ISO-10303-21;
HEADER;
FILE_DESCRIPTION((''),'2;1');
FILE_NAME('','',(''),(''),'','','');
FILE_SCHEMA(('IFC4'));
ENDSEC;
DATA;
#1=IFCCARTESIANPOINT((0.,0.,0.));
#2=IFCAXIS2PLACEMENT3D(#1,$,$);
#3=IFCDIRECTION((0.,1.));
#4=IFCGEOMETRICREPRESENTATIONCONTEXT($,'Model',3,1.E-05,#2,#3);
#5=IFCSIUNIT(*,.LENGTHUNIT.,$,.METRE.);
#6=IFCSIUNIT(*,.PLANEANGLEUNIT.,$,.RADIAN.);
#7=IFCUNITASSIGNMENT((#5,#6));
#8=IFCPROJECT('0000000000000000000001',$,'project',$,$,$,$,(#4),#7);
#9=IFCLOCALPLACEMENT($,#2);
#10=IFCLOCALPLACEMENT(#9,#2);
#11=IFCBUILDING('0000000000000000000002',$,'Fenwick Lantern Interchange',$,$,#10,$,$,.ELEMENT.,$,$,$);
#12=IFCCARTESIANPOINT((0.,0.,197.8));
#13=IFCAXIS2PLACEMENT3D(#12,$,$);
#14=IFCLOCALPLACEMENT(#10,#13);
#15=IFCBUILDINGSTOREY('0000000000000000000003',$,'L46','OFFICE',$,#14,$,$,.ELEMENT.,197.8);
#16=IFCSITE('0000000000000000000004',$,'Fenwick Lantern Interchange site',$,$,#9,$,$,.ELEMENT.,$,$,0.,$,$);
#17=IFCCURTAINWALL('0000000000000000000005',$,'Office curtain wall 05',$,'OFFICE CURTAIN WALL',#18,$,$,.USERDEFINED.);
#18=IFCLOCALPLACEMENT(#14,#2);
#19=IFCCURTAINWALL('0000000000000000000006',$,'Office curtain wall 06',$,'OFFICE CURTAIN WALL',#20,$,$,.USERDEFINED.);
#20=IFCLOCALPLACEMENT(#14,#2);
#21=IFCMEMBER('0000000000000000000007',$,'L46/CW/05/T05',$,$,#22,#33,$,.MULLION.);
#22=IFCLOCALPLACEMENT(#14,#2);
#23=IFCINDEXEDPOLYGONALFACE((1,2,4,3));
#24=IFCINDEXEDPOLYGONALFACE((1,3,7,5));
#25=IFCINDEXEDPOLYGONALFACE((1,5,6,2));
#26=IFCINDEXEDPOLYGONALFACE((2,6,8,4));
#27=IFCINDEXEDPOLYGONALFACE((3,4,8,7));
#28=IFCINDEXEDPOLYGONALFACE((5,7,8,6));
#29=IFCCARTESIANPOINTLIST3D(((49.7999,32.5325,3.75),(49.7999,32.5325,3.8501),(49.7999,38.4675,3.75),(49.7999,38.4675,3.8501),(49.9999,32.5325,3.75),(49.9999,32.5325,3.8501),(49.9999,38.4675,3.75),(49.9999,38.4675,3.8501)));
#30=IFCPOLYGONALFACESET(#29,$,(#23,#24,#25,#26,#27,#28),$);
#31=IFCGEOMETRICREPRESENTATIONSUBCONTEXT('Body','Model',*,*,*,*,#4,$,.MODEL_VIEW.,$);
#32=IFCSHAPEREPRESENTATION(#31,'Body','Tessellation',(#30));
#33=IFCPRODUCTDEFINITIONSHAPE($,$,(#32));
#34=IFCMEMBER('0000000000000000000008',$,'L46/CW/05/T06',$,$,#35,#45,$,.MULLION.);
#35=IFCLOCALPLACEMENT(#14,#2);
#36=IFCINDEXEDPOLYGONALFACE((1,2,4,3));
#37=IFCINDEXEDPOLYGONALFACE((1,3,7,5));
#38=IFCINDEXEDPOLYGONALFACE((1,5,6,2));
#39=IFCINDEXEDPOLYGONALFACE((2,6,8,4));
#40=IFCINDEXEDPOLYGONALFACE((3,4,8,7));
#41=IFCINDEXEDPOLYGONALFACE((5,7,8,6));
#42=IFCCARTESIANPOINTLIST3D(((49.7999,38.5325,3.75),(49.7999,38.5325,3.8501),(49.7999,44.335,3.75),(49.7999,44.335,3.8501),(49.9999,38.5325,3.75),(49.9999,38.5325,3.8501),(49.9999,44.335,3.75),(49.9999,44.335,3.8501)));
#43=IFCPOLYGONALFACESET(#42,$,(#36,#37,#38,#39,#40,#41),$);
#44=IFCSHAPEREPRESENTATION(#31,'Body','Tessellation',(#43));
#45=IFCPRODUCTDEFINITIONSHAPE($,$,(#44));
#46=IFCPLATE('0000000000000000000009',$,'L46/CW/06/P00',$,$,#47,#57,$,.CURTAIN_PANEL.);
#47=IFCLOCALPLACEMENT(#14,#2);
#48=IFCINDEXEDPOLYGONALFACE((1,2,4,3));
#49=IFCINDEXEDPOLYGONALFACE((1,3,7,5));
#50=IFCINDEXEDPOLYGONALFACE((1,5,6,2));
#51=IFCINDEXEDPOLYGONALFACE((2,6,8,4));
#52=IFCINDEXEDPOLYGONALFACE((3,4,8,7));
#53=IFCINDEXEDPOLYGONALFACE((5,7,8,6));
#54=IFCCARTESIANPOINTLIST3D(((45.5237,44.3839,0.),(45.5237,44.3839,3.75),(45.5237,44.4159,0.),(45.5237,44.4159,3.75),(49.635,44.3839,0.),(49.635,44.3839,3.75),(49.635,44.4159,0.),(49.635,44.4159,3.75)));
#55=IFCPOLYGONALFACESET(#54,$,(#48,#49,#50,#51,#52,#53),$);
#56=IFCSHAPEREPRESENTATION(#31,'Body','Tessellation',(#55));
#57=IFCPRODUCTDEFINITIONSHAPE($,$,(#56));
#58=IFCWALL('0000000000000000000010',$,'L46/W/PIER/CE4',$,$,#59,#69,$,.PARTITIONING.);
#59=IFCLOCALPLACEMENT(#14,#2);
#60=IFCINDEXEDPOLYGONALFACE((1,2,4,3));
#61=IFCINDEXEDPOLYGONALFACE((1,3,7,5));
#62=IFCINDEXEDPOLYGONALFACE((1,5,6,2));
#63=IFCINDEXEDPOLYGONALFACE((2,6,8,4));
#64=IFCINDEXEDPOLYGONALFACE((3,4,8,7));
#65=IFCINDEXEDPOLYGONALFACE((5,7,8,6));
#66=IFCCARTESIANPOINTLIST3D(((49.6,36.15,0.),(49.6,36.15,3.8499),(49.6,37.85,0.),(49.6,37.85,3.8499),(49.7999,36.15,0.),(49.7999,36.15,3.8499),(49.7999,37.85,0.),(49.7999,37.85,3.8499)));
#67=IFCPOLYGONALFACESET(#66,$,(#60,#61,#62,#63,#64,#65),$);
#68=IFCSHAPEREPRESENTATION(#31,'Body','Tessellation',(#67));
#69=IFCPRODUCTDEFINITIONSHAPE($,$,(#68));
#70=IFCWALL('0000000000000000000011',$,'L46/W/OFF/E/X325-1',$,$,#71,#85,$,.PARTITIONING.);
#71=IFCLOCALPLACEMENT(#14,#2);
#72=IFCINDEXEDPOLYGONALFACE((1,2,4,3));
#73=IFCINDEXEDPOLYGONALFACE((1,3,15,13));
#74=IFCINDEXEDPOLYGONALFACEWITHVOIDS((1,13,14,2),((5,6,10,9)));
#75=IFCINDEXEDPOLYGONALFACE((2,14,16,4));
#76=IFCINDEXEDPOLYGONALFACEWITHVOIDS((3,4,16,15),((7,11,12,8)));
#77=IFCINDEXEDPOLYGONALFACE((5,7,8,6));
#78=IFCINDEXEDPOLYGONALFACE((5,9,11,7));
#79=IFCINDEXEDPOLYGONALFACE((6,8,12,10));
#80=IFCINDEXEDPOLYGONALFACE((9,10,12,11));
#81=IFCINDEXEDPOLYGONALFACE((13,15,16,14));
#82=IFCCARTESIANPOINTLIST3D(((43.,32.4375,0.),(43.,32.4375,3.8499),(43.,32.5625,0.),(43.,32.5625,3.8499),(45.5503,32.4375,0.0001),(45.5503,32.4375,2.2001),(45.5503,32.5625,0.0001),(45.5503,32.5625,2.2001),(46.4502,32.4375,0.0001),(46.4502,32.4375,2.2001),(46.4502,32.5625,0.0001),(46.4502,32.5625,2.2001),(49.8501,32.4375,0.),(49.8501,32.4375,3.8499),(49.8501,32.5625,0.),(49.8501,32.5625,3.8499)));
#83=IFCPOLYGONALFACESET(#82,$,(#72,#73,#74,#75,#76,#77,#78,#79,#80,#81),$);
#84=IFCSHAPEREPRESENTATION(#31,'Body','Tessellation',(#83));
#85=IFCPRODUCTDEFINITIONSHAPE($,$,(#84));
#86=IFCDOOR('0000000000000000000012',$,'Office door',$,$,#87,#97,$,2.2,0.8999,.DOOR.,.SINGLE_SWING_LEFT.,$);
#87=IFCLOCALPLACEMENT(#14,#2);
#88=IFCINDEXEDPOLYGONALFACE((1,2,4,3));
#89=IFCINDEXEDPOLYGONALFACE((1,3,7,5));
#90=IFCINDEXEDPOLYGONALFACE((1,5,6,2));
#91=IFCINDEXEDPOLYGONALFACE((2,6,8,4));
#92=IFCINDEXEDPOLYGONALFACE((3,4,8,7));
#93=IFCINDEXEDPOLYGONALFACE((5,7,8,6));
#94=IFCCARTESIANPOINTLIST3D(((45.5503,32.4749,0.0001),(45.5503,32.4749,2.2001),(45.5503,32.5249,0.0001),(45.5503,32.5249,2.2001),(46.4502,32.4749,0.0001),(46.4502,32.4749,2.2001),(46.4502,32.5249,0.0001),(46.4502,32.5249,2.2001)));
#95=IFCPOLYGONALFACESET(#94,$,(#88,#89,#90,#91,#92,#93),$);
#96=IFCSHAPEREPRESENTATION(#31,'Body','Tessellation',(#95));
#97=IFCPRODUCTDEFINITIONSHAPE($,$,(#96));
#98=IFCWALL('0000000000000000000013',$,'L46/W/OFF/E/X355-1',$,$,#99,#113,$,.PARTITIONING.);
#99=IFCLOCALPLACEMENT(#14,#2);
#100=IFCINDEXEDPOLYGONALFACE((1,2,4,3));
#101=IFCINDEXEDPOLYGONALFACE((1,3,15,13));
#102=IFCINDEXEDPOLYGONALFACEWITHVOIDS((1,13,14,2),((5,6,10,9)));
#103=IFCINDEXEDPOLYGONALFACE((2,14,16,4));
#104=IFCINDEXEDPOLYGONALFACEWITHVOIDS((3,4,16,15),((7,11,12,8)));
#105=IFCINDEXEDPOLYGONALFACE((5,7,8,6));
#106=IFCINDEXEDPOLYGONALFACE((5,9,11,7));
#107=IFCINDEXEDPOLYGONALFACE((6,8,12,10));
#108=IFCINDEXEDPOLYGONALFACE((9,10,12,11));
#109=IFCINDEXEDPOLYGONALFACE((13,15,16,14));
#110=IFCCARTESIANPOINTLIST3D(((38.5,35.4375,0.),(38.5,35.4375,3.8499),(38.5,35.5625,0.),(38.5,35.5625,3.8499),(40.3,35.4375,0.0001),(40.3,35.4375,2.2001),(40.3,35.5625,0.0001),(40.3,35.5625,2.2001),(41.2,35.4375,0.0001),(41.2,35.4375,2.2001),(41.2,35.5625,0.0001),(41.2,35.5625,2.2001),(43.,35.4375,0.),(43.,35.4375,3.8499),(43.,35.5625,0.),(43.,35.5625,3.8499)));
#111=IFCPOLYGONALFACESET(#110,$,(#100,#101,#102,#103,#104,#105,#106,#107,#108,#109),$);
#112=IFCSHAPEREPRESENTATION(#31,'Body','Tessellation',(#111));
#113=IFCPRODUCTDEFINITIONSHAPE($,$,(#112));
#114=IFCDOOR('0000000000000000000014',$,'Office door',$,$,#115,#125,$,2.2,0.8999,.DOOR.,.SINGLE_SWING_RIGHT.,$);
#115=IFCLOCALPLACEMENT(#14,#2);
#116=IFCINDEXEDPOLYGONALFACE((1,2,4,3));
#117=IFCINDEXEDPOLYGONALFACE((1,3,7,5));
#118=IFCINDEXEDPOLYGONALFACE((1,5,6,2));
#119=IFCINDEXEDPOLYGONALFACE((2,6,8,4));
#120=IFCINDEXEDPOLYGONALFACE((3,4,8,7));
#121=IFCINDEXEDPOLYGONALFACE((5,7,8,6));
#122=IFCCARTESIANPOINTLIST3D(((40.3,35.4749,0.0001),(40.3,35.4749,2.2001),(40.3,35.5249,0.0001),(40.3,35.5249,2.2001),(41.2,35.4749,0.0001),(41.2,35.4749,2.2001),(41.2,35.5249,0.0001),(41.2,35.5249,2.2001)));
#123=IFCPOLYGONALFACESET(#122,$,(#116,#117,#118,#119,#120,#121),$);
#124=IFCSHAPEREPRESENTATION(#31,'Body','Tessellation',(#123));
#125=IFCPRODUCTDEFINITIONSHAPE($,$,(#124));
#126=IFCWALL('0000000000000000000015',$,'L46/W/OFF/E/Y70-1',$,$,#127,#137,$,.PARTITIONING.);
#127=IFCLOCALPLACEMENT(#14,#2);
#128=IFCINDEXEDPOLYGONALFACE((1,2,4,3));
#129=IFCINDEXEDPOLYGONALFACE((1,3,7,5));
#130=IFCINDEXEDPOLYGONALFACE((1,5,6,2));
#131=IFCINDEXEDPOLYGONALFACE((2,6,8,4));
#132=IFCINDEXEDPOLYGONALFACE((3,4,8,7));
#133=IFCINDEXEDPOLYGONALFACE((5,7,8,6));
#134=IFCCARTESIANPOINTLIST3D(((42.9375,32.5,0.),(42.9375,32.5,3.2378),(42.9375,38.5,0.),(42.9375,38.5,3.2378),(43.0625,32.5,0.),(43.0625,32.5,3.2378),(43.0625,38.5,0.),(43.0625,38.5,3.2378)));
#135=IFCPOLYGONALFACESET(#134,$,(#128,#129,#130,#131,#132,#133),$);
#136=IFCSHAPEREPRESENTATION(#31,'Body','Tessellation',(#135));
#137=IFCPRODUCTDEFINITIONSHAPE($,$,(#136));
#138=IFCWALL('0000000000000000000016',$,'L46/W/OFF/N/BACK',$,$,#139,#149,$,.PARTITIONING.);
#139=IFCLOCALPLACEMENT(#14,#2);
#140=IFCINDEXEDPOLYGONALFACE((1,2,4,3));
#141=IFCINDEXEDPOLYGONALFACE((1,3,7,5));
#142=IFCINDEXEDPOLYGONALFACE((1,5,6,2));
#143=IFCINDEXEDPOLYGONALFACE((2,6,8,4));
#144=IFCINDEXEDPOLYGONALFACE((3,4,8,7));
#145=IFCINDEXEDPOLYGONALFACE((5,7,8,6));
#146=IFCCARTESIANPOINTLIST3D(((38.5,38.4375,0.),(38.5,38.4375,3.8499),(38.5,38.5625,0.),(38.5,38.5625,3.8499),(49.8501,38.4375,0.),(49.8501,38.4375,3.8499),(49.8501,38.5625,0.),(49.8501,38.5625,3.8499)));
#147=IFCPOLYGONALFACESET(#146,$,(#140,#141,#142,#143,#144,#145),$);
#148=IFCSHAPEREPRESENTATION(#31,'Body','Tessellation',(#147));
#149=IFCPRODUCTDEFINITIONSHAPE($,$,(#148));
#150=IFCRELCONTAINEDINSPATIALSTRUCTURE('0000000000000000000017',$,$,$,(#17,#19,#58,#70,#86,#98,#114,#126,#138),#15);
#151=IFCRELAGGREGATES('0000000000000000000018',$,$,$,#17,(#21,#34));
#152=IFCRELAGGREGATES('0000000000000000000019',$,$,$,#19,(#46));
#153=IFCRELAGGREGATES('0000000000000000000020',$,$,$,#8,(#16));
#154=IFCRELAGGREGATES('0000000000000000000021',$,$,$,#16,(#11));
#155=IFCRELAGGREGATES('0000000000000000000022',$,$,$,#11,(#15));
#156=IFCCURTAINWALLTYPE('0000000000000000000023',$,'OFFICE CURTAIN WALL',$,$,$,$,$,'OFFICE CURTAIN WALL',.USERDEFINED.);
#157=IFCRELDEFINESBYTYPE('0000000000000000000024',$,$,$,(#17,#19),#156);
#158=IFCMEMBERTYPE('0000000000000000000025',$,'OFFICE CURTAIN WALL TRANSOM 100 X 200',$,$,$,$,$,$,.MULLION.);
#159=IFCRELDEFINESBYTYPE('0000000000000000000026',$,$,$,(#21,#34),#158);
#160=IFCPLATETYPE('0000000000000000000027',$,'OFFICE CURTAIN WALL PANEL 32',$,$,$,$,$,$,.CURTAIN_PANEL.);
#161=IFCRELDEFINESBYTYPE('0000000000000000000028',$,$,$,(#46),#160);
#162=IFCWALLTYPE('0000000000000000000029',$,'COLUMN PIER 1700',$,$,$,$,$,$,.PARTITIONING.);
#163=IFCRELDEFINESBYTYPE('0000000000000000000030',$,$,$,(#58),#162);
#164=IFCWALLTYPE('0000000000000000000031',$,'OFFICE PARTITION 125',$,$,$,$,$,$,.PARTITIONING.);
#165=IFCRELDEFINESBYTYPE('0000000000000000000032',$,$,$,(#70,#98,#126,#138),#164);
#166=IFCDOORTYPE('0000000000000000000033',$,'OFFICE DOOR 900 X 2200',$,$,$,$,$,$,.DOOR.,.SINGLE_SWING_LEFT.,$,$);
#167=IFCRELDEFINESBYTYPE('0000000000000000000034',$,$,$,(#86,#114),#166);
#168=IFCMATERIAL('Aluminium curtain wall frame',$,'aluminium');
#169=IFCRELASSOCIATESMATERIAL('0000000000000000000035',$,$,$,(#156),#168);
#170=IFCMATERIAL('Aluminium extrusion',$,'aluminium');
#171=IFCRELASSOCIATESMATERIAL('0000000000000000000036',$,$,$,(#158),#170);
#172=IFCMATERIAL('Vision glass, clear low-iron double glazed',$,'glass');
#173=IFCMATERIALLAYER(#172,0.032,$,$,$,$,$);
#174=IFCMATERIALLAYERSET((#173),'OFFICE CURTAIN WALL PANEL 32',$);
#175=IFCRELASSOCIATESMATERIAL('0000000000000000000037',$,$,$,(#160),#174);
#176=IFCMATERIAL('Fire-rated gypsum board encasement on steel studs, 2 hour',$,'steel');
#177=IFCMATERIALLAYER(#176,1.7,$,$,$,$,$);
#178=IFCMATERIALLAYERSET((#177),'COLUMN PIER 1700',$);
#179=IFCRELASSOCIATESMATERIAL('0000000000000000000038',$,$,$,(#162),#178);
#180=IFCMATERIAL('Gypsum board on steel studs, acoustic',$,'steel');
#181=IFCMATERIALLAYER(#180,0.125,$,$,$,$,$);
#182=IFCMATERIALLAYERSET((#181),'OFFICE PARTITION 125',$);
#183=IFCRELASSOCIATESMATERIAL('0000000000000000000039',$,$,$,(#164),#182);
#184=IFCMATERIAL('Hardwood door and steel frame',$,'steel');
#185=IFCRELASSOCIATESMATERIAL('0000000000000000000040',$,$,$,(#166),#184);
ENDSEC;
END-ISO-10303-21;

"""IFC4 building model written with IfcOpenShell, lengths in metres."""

from ifc_helpers import new_model, si_unit, direction, frame, frame_2d, origin, origin_2d, place, context, subcontext, project, spatial, rectangle, extrude, material, layer, layer_set, material_profile, profile_set, type_object, element, fill, aggregate, save


model = new_model("IFC4")

# Units and contexts
model_context = context("Model", 3, precision=1e-05, world=origin(), true_north=direction((0.0, 1.0)))
body_context = subcontext(model_context, "Body", "Model", "MODEL_VIEW")
ifc_project = project(units=[si_unit("LENGTHUNIT", "METRE"), si_unit("PLANEANGLEUNIT", "RADIAN")], contexts=[model_context])

# Site, building, storey
site_placement = place(None, origin())
site = spatial("IfcSite", under=ifc_project, at=site_placement, Name="Fenwick Lantern Interchange site", CompositionType="ELEMENT", RefElevation=0.0)
building_placement = place(site_placement, origin())
building = spatial("IfcBuilding", under=site, at=building_placement, Name="Fenwick Lantern Interchange", CompositionType="ELEMENT")
storey_placement = place(building_placement, frame((0.0, 0.0, 197.8)))
storey = spatial("IfcBuildingStorey", under=building, at=storey_placement, Name="L46", Description="OFFICE", CompositionType="ELEMENT", Elevation=197.8)

# Curtain wall
ifc_material_1 = material(Name="Aluminium curtain wall frame", Category="aluminium")
curtain_wall_type = type_object("IfcCurtainWallType", Name="OFFICE CURTAIN WALL", ElementType="OFFICE CURTAIN WALL", PredefinedType="USERDEFINED", material=ifc_material_1)
curtain_wall_1_placement = place(storey_placement, origin())
curtain_wall_1 = element("IfcCurtainWall", 1, at=curtain_wall_1_placement, inside=storey, type_object=curtain_wall_type, Name="Office curtain wall 05", ObjectType="OFFICE CURTAIN WALL", PredefinedType="USERDEFINED")
ifc_material_2 = material(Name="Aluminium extrusion", Category="aluminium")

# Curtain wall
curtain_wall_2_placement = place(storey_placement, origin())
curtain_wall_2 = element("IfcCurtainWall", 2, at=curtain_wall_2_placement, inside=storey, type_object=curtain_wall_type, Name="Office curtain wall 06", ObjectType="OFFICE CURTAIN WALL", PredefinedType="USERDEFINED")

# Members
ifc_material_profile_1 = material_profile(ifc_material_2, rectangle(XDim=0.2, YDim=0.1001, at=origin_2d()), Name="OFFICE CURTAIN WALL TRANSOM 100 X 200")
ifc_profile_set_1 = profile_set([ifc_material_profile_1], Name="Aluminium extrusion")
member_type_1 = type_object("IfcMemberType", Name="OFFICE CURTAIN WALL TRANSOM 100 X 200", PredefinedType="MULLION", material=ifc_profile_set_1)
member_1_placement = place(storey_placement, frame((49.8999, 32.5325, 3.8), z_axis=(0.0, 1.0, 0.0), x_axis=(-1.0, 0.0, 0.0)))
member_1 = element("IfcMember", 3, at=member_1_placement, type_object=member_type_1, Name="L46/CW/05/T05", PredefinedType="MULLION", context=body_context, shape_type="SweptSolid", body=[
    extrude(rectangle(XDim=0.2, YDim=0.1001, at=origin_2d()), origin(), (0.0, 0.0, 1.0), 5.9351),
])
member_2_placement = place(storey_placement, frame((49.8999, 38.5325, 3.8), z_axis=(0.0, 1.0, 0.0), x_axis=(-1.0, 0.0, 0.0)))
member_2 = element("IfcMember", 4, at=member_2_placement, type_object=member_type_1, Name="L46/CW/05/T06", PredefinedType="MULLION", context=body_context, shape_type="SweptSolid", body=[
    extrude(rectangle(XDim=0.2, YDim=0.1001, at=origin_2d()), origin(), (0.0, 0.0, 1.0), 5.8025),
])
aggregate(curtain_wall_1, [member_1, member_2])

# Plate
ifc_material_3 = material(Name="Vision glass, clear low-iron double glazed", Category="glass")
ifc_layer_1 = layer(ifc_material_3, 0.032)
ifc_layer_set_1 = layer_set([ifc_layer_1], Name="OFFICE CURTAIN WALL PANEL 32")
plate_type = type_object("IfcPlateType", Name="OFFICE CURTAIN WALL PANEL 32", PredefinedType="CURTAIN_PANEL", material=ifc_layer_set_1)
plate_placement = place(storey_placement, frame((47.5793, 44.3999, 0.0), z_axis=(0.0, 0.0, 1.0), x_axis=(-1.0, 0.0, 0.0)))
plate = element("IfcPlate", 5, at=plate_placement, type_object=plate_type, Name="L46/CW/06/P00", PredefinedType="CURTAIN_PANEL", context=body_context, shape_type="SweptSolid", body=[
    extrude(rectangle(XDim=4.1113, YDim=0.032, at=origin_2d()), origin(), (0.0, 0.0, 1.0), 3.75),
])
aggregate(curtain_wall_2, [plate])

# Wall
ifc_material_4 = material(Name="Fire-rated gypsum board encasement on steel studs, 2 hour", Category="steel")
ifc_layer_2 = layer(ifc_material_4, 1.7)
ifc_layer_set_2 = layer_set([ifc_layer_2], Name="COLUMN PIER 1700")
wall_type_1 = type_object("IfcWallType", Name="COLUMN PIER 1700", PredefinedType="PARTITIONING", material=ifc_layer_set_2)
wall_1_placement = place(storey_placement, frame((49.8, 37.0, 0.0), z_axis=(0.0, 0.0, 1.0), x_axis=(-1.0, 0.0, 0.0)))
element("IfcWall", 6, at=wall_1_placement, inside=storey, type_object=wall_type_1, Name="L46/W/PIER/CE4", PredefinedType="PARTITIONING", context=body_context, shape_type="SweptSolid", body=[
    extrude(rectangle(XDim=0.2, YDim=1.7, at=frame_2d((0.1001, 0.0))), origin(), (0.0, 0.0, 1.0), 3.8499),
])

# Walls, openings, doors
ifc_material_5 = material(Name="Gypsum board on steel studs, acoustic", Category="steel")
ifc_layer_3 = layer(ifc_material_5, 0.125)
ifc_layer_set_3 = layer_set([ifc_layer_3], Name="OFFICE PARTITION 125")
wall_type_2 = type_object("IfcWallType", Name="OFFICE PARTITION 125", PredefinedType="PARTITIONING", material=ifc_layer_set_3)
wall_2_placement = place(storey_placement, frame((49.8501, 32.5, 0.0), z_axis=(0.0, 0.0, 1.0), x_axis=(-1.0, 0.0, 0.0)))
wall_2 = element("IfcWall", 7, at=wall_2_placement, inside=storey, type_object=wall_type_2, Name="L46/W/OFF/E/X325-1", PredefinedType="PARTITIONING", context=body_context, shape_type="SweptSolid", body=[
    extrude(rectangle(XDim=6.8501, YDim=0.125, at=frame_2d((3.425, 0.0))), origin(), (0.0, 0.0, 1.0), 3.8499),
])
opening_1_placement = place(wall_2_placement, frame((3.3999, 0.0, 0.0)))
opening_1 = element("IfcOpeningElement", 8, at=opening_1_placement, cuts=wall_2, PredefinedType="OPENING", context=body_context, shape_type="SweptSolid", body=[
    extrude(rectangle(XDim=0.8999, YDim=2.2, at=frame_2d((0.45, 1.1001))), frame((0.0, 0.0725, 0.0), z_axis=(0.0, -1.0, 0.0), x_axis=(1.0, 0.0, 0.0)), (0.0, 0.0, 1.0), 0.145),
])
ifc_material_6 = material(Name="Hardwood door and steel frame", Category="steel")
door_type = type_object("IfcDoorType", Name="OFFICE DOOR 900 X 2200", OperationType="SINGLE_SWING_LEFT", PredefinedType="DOOR", material=ifc_material_6)
door_1_placement = place(opening_1_placement, frame((0.8999, 0.0, 0.0), z_axis=(0.0, 0.0, 1.0), x_axis=(-1.0, 0.0, 0.0)))
door_1 = element("IfcDoor", 9, at=door_1_placement, inside=storey, type_object=door_type, Name="Office door", OperationType="SINGLE_SWING_LEFT", OverallHeight=2.2, OverallWidth=0.8999, PredefinedType="DOOR", context=body_context, shape_type="SweptSolid", body=[
    extrude(rectangle(XDim=0.8999, YDim=2.2, at=frame_2d((0.45, 1.1001))), frame((0.0, 0.0249, 0.0), z_axis=(0.0, -1.0, 0.0), x_axis=(1.0, 0.0, 0.0)), (0.0, 0.0, 1.0), 0.05),
])
fill(opening_1, door_1)
wall_3_placement = place(storey_placement, frame((43.0, 35.5, 0.0), z_axis=(0.0, 0.0, 1.0), x_axis=(-1.0, 0.0, 0.0)))
wall_3 = element("IfcWall", 10, at=wall_3_placement, inside=storey, type_object=wall_type_2, Name="L46/W/OFF/E/X355-1", PredefinedType="PARTITIONING", context=body_context, shape_type="SweptSolid", body=[
    extrude(rectangle(XDim=4.5, YDim=0.125, at=frame_2d((2.25, 0.0))), origin(), (0.0, 0.0, 1.0), 3.8499),
])
opening_2_placement = place(wall_3_placement, frame((1.8, 0.0, 0.0)))
opening_2 = element("IfcOpeningElement", 11, at=opening_2_placement, cuts=wall_3, PredefinedType="OPENING", context=body_context, shape_type="SweptSolid", body=[
    extrude(rectangle(XDim=0.8999, YDim=2.2, at=frame_2d((0.45, 1.1001))), frame((0.0, 0.0725, 0.0), z_axis=(0.0, -1.0, 0.0), x_axis=(1.0, 0.0, 0.0)), (0.0, 0.0, 1.0), 0.145),
])
door_2_placement = place(opening_2_placement, frame((0.8999, 0.0, 0.0), z_axis=(0.0, 0.0, 1.0), x_axis=(-1.0, 0.0, 0.0)))
door_2 = element("IfcDoor", 12, at=door_2_placement, inside=storey, type_object=door_type, Name="Office door", OperationType="SINGLE_SWING_RIGHT", OverallHeight=2.2, OverallWidth=0.8999, PredefinedType="DOOR", context=body_context, shape_type="SweptSolid", body=[
    extrude(rectangle(XDim=0.8999, YDim=2.2, at=frame_2d((0.45, 1.1001))), frame((0.0, 0.0249, 0.0), z_axis=(0.0, -1.0, 0.0), x_axis=(1.0, 0.0, 0.0)), (0.0, 0.0, 1.0), 0.05),
])
fill(opening_2, door_2)

# Walls
wall_4_placement = place(storey_placement, frame((43.0, 32.5, 0.0), z_axis=(0.0, 0.0, 1.0), x_axis=(0.0, 1.0, 0.0)))
element("IfcWall", 13, at=wall_4_placement, inside=storey, type_object=wall_type_2, Name="L46/W/OFF/E/Y70-1", PredefinedType="PARTITIONING", context=body_context, shape_type="SweptSolid", body=[
    extrude(rectangle(XDim=6.0, YDim=0.125, at=frame_2d((3.0, 0.0))), origin(), (0.0, 0.0, 1.0), 3.2378),
])
wall_5_placement = place(storey_placement, frame((49.8501, 38.5, 0.0), z_axis=(0.0, 0.0, 1.0), x_axis=(-1.0, 0.0, 0.0)))
element("IfcWall", 14, at=wall_5_placement, inside=storey, type_object=wall_type_2, Name="L46/W/OFF/N/BACK", PredefinedType="PARTITIONING", context=body_context, shape_type="SweptSolid", body=[
    extrude(rectangle(XDim=11.3501, YDim=0.125, at=frame_2d((5.675, 0.0))), origin(), (0.0, 0.0, 1.0), 3.8499),
])

save(model, "model.ifc")
